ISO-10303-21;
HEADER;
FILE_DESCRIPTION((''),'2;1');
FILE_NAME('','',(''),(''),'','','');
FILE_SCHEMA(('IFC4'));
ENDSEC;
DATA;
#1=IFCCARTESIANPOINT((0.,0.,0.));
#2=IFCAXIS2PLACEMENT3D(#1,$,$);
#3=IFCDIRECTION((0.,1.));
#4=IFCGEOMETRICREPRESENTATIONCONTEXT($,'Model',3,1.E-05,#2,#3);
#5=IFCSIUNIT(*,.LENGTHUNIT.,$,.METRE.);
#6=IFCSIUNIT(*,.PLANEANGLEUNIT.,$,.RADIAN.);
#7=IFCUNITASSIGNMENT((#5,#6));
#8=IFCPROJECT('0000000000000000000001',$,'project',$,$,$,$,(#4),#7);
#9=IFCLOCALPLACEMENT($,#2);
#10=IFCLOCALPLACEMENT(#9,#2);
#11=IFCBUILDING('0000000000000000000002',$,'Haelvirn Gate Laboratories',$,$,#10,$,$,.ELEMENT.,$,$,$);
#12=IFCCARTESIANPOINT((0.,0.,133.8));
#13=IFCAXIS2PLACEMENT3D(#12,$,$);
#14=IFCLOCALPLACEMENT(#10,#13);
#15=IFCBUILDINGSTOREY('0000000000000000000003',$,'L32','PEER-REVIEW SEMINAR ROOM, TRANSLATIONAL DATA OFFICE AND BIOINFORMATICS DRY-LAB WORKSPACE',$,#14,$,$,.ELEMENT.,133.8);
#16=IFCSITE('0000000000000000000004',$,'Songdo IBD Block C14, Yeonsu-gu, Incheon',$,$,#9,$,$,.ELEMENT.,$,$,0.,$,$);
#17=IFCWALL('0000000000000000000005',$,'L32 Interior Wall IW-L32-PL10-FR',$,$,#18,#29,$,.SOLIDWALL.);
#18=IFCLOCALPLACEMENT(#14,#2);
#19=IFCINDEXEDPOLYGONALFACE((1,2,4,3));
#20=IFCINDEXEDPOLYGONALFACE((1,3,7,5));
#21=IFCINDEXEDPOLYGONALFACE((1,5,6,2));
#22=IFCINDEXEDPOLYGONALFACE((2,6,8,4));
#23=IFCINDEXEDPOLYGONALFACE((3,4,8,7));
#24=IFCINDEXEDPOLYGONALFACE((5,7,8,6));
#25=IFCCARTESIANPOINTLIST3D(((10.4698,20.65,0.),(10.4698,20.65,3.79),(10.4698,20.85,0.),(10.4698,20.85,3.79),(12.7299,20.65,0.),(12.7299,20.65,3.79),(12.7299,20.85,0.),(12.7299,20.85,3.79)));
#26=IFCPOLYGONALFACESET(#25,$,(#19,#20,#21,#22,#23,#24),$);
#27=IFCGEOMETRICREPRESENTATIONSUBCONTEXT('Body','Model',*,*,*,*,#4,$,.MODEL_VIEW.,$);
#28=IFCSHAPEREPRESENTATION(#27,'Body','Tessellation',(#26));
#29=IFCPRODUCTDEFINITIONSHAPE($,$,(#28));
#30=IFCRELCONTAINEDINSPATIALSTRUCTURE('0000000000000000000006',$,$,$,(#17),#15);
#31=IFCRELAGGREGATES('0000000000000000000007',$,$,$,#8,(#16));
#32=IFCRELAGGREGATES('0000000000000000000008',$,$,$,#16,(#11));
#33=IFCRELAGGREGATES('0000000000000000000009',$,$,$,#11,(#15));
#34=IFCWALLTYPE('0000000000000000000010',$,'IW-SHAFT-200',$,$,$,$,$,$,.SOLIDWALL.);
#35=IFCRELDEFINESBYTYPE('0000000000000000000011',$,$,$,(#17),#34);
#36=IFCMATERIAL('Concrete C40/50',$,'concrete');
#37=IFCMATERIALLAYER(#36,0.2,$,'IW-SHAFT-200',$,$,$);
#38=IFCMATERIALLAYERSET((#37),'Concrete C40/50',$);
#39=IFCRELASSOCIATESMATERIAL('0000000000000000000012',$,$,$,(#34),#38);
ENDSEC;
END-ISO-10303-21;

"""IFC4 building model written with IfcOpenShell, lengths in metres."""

from ifc_helpers import new_model, si_unit, direction, frame, frame_2d, origin, place, context, subcontext, project, spatial, rectangle, extrude, material, layer, layer_set, type_object, element, save


model = new_model("IFC4")

# Units and contexts
model_context = context("Model", 3, precision=1e-05, world=origin(), true_north=direction((0.0, 1.0)))
body_context = subcontext(model_context, "Body", "Model", "MODEL_VIEW")
ifc_project = project(units=[si_unit("LENGTHUNIT", "METRE"), si_unit("PLANEANGLEUNIT", "RADIAN")], contexts=[model_context])

# Site, building, storey
site_placement = place(None, origin())
site = spatial("IfcSite", under=ifc_project, at=site_placement, Name="Songdo IBD Block C14, Yeonsu-gu, Incheon", CompositionType="ELEMENT", RefElevation=0.0)
building_placement = place(site_placement, origin())
building = spatial("IfcBuilding", under=site, at=building_placement, Name="Haelvirn Gate Laboratories", CompositionType="ELEMENT")
storey_placement = place(building_placement, frame((0.0, 0.0, 133.8)))
storey = spatial("IfcBuildingStorey", under=building, at=storey_placement, Name="L32", Description="PEER-REVIEW SEMINAR ROOM, TRANSLATIONAL DATA OFFICE AND BIOINFORMATICS DRY-LAB WORKSPACE", CompositionType="ELEMENT", Elevation=133.8)

# Shared definitions
ifc_material_1 = material(Name="Concrete C40/50", Category="concrete")

# Shared definitions
ifc_layer_1 = layer(ifc_material_1, 0.2, Name="IW-SHAFT-200")
ifc_layer_set_1 = layer_set([ifc_layer_1], Name="Concrete C40/50")
wall_type_1 = type_object("IfcWallType", Name="IW-SHAFT-200", PredefinedType="SOLIDWALL", material=ifc_layer_set_1)

# Wall
for number, where, z_axis, x_axis, name in (
    (1, (10.47, 20.75, 0.0), (0.0, 0.0, 1.0), (1.0, 0.0, 0.0), "L32 Interior Wall IW-L32-PL10-FR"),
):
    element("IfcWall", number, at=place(storey_placement, frame(where, z_axis=z_axis, x_axis=x_axis)), inside=storey, type_object=wall_type_1, Name=name, PredefinedType="SOLIDWALL", context=body_context, shape_type="SweptSolid", body=[
        extrude(rectangle(XDim=2.26, YDim=0.2, at=frame_2d((1.1299, 0.0))), origin(), (0.0, 0.0, 1.0), 3.79),
    ])

save(model, "model.ifc")
